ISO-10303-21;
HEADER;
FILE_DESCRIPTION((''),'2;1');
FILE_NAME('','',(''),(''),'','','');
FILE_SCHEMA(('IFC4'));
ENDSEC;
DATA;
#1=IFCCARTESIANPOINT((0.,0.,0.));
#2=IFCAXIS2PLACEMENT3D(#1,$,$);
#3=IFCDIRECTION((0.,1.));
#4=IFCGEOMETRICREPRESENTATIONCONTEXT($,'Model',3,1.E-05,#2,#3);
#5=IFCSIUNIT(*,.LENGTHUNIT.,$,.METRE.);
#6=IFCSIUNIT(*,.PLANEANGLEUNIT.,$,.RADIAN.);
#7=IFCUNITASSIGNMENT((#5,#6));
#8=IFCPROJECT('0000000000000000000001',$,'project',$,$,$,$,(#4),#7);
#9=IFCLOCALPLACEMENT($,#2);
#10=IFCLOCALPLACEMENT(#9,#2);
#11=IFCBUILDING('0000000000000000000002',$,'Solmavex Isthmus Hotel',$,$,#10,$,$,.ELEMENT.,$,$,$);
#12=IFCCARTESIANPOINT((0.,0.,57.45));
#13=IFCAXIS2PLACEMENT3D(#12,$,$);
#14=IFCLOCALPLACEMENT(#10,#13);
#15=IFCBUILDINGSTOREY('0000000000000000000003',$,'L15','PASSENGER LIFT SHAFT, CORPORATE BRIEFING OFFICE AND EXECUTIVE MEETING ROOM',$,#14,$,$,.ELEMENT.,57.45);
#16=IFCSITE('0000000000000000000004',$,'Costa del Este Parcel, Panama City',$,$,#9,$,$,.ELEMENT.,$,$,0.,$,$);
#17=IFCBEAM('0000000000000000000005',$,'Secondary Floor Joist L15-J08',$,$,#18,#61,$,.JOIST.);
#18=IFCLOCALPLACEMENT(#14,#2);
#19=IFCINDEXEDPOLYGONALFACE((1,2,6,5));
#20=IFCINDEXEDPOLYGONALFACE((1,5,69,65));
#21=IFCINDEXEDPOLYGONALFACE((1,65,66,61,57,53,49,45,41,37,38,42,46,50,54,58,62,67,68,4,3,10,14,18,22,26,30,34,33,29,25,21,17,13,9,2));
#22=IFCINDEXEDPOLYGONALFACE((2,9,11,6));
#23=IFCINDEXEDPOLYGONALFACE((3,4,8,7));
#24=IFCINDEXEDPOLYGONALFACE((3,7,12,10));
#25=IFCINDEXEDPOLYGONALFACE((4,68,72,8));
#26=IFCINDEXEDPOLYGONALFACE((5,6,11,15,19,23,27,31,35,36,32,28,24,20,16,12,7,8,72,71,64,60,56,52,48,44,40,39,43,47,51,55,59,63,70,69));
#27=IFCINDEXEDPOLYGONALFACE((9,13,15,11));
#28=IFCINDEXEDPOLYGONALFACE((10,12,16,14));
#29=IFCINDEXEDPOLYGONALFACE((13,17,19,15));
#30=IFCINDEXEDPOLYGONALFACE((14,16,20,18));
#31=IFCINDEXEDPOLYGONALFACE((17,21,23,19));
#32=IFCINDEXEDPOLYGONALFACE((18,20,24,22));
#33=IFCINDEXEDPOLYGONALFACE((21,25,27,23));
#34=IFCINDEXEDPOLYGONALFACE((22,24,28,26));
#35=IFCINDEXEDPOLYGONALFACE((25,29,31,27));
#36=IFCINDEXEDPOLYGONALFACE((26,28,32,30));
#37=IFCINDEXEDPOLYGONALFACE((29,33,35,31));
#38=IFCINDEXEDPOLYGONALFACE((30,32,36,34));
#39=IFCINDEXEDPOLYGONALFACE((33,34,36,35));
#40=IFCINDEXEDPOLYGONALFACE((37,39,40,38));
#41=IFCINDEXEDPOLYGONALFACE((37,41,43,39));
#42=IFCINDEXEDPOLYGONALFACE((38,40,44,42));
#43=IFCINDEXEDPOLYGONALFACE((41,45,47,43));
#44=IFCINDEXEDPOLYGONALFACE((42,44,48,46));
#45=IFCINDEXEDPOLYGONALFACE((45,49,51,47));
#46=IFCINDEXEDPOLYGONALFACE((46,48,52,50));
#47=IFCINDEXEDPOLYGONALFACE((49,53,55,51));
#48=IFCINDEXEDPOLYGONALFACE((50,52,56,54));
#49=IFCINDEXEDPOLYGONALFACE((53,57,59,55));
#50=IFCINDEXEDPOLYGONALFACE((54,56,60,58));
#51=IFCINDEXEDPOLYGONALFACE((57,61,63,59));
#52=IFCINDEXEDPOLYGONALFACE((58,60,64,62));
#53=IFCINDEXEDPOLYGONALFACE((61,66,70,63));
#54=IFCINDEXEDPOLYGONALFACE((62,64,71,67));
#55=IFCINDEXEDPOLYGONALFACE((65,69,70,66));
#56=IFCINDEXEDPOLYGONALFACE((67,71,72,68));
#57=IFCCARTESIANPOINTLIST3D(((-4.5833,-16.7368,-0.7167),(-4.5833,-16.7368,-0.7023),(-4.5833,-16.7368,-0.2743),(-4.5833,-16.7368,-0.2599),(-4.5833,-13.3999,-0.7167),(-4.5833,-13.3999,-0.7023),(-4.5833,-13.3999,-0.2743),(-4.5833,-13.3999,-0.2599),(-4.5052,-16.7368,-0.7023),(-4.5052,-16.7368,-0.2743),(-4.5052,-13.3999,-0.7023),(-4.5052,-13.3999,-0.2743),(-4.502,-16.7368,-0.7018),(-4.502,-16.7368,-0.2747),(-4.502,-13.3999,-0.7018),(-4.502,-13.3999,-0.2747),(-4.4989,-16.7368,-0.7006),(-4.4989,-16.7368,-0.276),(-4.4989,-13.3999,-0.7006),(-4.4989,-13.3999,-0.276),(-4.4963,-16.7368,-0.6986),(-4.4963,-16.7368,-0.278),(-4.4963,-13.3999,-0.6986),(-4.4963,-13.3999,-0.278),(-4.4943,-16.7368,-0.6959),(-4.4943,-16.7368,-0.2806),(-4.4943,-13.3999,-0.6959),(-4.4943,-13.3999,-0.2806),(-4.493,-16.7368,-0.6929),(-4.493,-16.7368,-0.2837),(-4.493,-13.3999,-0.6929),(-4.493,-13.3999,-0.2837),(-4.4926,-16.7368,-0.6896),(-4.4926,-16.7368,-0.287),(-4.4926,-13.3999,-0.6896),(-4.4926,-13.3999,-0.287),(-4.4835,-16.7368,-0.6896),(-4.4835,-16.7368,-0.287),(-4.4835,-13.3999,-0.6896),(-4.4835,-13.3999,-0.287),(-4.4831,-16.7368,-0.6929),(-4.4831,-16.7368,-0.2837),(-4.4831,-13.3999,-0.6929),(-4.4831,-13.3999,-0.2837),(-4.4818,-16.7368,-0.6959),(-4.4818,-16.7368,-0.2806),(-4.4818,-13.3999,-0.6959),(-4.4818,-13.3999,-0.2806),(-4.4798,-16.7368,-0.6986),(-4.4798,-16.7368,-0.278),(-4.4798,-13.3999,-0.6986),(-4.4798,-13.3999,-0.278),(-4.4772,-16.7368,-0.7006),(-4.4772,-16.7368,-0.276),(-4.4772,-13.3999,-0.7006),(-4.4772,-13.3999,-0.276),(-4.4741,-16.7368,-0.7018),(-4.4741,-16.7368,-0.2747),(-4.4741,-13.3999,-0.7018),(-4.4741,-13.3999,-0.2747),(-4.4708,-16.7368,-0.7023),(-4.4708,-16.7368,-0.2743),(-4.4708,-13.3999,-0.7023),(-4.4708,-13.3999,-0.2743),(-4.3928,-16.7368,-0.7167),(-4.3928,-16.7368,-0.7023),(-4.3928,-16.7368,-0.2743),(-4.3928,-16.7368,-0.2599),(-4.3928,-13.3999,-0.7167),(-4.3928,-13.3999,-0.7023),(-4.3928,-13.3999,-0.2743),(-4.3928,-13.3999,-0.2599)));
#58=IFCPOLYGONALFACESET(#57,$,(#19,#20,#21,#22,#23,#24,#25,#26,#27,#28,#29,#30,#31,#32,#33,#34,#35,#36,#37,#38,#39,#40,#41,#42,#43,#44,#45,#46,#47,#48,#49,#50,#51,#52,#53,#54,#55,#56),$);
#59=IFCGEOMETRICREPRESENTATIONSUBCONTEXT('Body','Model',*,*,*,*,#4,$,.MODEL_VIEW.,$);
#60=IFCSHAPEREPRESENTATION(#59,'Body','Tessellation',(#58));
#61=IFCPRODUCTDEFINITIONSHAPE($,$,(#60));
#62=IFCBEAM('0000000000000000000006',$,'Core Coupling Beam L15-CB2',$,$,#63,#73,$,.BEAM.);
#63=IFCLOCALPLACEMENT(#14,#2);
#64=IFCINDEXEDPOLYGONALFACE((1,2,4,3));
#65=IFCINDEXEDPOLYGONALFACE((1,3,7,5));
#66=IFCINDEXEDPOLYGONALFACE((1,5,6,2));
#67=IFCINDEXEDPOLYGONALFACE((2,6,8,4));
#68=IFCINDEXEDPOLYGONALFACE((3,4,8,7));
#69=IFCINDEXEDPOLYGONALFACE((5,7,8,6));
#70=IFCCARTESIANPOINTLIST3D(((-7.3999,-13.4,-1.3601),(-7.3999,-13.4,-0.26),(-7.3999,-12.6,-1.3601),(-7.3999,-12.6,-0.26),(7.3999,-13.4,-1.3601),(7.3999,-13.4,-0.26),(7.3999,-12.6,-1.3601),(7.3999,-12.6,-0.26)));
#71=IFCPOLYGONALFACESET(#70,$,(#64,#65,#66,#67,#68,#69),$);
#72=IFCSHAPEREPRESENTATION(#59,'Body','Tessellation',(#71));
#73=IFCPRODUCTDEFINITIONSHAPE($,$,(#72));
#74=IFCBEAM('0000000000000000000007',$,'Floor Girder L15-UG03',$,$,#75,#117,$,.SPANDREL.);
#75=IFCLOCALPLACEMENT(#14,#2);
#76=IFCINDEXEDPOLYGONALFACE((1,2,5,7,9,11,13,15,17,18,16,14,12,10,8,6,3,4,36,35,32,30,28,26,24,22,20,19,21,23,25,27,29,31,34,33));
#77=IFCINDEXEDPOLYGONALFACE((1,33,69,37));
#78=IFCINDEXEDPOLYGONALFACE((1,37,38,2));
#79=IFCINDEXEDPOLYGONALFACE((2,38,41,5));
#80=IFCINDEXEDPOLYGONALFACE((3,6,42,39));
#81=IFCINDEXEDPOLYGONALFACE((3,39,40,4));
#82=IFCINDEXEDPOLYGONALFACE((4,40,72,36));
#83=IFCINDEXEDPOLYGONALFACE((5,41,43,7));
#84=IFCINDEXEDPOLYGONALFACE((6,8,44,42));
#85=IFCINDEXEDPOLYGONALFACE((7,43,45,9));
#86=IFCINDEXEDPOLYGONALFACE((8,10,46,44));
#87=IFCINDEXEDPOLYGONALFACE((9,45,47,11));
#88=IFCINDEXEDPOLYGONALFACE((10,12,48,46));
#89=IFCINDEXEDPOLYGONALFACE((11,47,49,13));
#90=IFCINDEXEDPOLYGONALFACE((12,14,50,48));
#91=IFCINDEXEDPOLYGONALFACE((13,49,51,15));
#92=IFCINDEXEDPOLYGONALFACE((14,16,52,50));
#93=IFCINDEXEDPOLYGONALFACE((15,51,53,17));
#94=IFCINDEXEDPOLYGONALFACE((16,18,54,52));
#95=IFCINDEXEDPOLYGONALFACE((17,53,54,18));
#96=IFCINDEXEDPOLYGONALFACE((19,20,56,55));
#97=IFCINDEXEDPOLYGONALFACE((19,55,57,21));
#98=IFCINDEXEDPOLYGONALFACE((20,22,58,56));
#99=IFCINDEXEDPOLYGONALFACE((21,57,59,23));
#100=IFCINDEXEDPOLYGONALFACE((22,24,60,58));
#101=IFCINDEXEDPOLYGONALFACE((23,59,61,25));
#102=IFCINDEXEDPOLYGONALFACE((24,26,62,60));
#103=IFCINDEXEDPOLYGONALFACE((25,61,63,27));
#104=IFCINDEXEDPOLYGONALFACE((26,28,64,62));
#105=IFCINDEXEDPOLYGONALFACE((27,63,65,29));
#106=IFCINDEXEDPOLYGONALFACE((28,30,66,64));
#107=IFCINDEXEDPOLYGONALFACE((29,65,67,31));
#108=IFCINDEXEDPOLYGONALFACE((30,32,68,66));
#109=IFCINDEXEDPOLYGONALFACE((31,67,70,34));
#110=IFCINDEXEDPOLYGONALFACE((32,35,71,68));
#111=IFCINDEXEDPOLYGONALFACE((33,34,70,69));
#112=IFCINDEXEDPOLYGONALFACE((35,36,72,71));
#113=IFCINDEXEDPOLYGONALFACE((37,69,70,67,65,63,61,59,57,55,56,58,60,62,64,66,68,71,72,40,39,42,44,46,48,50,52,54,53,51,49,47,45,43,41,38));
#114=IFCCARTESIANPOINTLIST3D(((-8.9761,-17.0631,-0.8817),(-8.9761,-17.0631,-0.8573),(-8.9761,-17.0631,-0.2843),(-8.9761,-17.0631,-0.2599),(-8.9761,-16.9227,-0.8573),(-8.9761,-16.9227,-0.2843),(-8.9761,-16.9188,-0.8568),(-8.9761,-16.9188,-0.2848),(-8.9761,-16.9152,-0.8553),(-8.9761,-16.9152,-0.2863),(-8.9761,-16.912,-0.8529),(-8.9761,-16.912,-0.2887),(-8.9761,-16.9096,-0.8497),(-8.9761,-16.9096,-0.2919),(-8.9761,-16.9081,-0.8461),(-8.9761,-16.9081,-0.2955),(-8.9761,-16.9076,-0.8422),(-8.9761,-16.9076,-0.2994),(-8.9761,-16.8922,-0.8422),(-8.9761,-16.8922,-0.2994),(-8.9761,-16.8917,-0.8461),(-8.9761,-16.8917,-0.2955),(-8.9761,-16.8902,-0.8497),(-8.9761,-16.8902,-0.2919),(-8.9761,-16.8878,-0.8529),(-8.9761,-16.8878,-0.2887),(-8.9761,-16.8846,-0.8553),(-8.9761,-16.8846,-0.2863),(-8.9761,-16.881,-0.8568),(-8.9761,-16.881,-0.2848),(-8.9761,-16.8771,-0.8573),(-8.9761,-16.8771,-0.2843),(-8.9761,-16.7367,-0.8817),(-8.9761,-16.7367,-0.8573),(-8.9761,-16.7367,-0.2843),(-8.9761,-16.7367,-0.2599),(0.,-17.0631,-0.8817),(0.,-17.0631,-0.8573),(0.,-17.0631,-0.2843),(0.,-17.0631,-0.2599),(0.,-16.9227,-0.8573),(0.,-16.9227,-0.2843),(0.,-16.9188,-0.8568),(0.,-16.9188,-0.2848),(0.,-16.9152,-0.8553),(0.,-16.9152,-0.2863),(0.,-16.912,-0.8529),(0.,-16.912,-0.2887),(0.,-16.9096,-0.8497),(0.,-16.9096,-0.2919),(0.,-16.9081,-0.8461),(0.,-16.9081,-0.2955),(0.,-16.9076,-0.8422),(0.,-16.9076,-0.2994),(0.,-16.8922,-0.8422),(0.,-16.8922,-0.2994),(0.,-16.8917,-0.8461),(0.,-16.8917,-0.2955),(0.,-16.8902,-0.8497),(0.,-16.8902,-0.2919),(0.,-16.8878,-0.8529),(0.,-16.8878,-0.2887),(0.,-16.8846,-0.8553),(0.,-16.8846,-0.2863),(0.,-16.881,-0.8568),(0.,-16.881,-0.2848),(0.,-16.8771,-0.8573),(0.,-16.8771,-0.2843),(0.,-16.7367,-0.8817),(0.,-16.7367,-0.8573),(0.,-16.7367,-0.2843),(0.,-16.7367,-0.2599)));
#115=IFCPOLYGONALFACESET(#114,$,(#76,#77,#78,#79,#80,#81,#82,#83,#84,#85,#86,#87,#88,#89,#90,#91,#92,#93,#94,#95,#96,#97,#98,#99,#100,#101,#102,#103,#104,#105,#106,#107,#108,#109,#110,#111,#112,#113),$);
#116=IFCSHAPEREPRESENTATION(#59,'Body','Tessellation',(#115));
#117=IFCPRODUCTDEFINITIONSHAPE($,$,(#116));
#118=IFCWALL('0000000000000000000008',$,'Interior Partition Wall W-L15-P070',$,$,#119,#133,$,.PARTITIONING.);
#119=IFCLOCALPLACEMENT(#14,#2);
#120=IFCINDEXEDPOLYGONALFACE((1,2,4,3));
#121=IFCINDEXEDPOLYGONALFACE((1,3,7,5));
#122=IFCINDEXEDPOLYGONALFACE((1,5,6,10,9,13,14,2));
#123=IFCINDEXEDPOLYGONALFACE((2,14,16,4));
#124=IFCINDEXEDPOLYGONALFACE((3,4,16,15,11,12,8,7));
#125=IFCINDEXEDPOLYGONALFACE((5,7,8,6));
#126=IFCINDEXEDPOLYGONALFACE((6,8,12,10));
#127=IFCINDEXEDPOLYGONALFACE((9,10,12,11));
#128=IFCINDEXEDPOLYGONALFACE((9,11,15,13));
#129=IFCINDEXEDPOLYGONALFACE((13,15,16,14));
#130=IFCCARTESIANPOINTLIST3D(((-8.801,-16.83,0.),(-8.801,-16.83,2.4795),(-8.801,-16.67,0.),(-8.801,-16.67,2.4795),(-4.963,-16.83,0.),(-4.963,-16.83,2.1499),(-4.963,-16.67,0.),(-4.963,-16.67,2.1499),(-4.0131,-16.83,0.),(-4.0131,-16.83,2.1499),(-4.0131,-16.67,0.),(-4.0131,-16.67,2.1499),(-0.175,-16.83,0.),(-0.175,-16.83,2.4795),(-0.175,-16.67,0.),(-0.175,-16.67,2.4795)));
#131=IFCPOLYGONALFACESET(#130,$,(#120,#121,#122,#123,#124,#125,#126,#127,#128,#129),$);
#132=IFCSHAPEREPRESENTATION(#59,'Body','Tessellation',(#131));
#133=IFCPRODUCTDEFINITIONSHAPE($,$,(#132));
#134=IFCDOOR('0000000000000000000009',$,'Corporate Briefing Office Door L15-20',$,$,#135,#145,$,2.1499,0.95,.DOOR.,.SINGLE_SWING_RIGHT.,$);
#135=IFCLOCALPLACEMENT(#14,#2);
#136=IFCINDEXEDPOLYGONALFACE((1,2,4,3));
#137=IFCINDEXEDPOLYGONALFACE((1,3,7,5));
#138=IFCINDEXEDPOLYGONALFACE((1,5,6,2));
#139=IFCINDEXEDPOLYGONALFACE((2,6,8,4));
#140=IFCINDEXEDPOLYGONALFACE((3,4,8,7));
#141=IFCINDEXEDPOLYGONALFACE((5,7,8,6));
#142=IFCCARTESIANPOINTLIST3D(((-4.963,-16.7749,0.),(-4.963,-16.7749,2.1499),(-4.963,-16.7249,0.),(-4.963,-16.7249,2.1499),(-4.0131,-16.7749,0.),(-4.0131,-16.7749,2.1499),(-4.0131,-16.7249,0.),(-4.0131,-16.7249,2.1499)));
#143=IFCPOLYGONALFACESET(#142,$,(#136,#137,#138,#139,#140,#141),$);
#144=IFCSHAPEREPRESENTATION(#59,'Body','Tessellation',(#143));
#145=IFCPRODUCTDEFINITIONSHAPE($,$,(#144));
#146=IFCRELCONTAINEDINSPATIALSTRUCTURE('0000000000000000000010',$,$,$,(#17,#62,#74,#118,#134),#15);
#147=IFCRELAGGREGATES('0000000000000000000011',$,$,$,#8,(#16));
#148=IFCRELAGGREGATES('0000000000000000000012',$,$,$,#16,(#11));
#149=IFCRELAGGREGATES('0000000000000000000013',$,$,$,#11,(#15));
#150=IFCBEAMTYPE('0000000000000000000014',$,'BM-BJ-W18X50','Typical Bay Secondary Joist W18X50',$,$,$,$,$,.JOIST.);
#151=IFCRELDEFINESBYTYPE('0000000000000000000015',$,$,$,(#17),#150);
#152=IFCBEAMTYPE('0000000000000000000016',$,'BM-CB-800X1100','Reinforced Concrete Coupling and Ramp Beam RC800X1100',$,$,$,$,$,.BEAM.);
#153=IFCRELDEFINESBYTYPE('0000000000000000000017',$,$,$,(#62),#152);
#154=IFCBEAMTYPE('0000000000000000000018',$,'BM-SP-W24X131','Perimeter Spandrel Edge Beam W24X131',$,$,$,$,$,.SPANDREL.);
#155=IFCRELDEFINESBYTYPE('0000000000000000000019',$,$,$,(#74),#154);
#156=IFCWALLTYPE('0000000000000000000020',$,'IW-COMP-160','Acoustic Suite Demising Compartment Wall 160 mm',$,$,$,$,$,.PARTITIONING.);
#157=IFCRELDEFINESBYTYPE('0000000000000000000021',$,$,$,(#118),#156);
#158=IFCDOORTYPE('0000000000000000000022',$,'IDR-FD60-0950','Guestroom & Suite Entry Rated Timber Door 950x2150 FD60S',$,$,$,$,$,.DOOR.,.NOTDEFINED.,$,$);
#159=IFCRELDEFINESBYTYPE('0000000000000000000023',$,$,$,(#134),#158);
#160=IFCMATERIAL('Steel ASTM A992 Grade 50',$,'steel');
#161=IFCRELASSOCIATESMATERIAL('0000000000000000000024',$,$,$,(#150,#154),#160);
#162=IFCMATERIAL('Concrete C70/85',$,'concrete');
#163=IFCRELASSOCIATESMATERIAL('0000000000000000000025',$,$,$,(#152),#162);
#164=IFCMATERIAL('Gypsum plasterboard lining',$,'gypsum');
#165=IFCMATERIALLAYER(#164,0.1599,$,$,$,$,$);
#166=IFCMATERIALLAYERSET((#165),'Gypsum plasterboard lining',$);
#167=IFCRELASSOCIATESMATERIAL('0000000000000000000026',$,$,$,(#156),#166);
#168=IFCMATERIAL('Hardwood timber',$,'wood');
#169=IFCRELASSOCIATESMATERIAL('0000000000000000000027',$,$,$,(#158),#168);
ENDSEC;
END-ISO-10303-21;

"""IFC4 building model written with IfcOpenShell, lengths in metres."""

from ifc_helpers import new_model, si_unit, direction, frame, frame_2d, origin, origin_2d, place, context, subcontext, project, spatial, rectangle, i_section, extrude, material, layer, layer_set, material_profile, profile_set, type_object, element, fill, save


model = new_model("IFC4")

# Units and contexts
model_context = context("Model", 3, precision=1e-05, world=origin(), true_north=direction((0.0, 1.0)))
body_context = subcontext(model_context, "Body", "Model", "MODEL_VIEW")
ifc_project = project(units=[si_unit("LENGTHUNIT", "METRE"), si_unit("PLANEANGLEUNIT", "RADIAN")], contexts=[model_context])

# Site, building, storey
site_placement = place(None, origin())
site = spatial("IfcSite", under=ifc_project, at=site_placement, Name="Costa del Este Parcel, Panama City", CompositionType="ELEMENT", RefElevation=0.0)
building_placement = place(site_placement, origin())
building = spatial("IfcBuilding", under=site, at=building_placement, Name="Solmavex Isthmus Hotel", CompositionType="ELEMENT")
storey_placement = place(building_placement, frame((0.0, 0.0, 57.45)))
storey = spatial("IfcBuildingStorey", under=building, at=storey_placement, Name="L15", Description="PASSENGER LIFT SHAFT, CORPORATE BRIEFING OFFICE AND EXECUTIVE MEETING ROOM", CompositionType="ELEMENT", Elevation=57.45)

# Shared definitions
ifc_material_1 = material(Name="Concrete C70/85", Category="concrete")

# Beams
ifc_material_2 = material(Name="Steel ASTM A992 Grade 50", Category="steel")
ifc_material_profile_1 = material_profile(ifc_material_2, i_section(OverallWidth=0.1904, OverallDepth=0.4568, WebThickness=0.009, FlangeThickness=0.0144, FilletRadius=0.0127, at=origin_2d()), Name="W18X50")
ifc_profile_set_1 = profile_set([ifc_material_profile_1], Name="Steel ASTM A992 Grade 50")
beam_type_1 = type_object("IfcBeamType", Name="BM-BJ-W18X50", Description="Typical Bay Secondary Joist W18X50", PredefinedType="JOIST", material=ifc_profile_set_1)
beam_1_placement = place(storey_placement, frame((-4.488, -16.7368, -0.4883), z_axis=(0.0, 1.0, 0.0), x_axis=(-1.0, 0.0, 0.0)))
element("IfcBeam", 1, at=beam_1_placement, inside=storey, type_object=beam_type_1, Name="Secondary Floor Joist L15-J08", PredefinedType="JOIST", context=body_context, shape_type="SweptSolid", body=[
    extrude(i_section(OverallWidth=0.1904, OverallDepth=0.4568, WebThickness=0.009, FlangeThickness=0.0144, FilletRadius=0.0127, at=origin_2d()), origin(), (0.0, 0.0, 1.0), 3.3369),
])
ifc_material_profile_2 = material_profile(ifc_material_1, rectangle(XDim=0.8, YDim=1.1001, at=origin_2d()), Name="RC800X1100")
ifc_profile_set_2 = profile_set([ifc_material_profile_2], Name="Concrete C70/85")
beam_type_2 = type_object("IfcBeamType", Name="BM-CB-800X1100", Description="Reinforced Concrete Coupling and Ramp Beam RC800X1100", PredefinedType="BEAM", material=ifc_profile_set_2)
beam_2_placement = place(storey_placement, frame((-7.3999, -13.0, -0.8101), z_axis=(1.0, 0.0, 0.0), x_axis=(0.0, 1.0, 0.0)))
element("IfcBeam", 2, at=beam_2_placement, inside=storey, type_object=beam_type_2, Name="Core Coupling Beam L15-CB2", PredefinedType="BEAM", context=body_context, shape_type="SweptSolid", body=[
    extrude(rectangle(XDim=0.8, YDim=1.1001, at=origin_2d()), origin(), (0.0, 0.0, 1.0), 14.7998),
])
ifc_material_profile_3 = material_profile(ifc_material_2, i_section(OverallWidth=0.3264, OverallDepth=0.6218, WebThickness=0.0154, FlangeThickness=0.0244, FilletRadius=0.0151, at=origin_2d()), Name="W24X131")
ifc_profile_set_3 = profile_set([ifc_material_profile_3], Name="Steel ASTM A992 Grade 50")
beam_type_3 = type_object("IfcBeamType", Name="BM-SP-W24X131", Description="Perimeter Spandrel Edge Beam W24X131", PredefinedType="SPANDREL", material=ifc_profile_set_3)
beam_3_placement = place(storey_placement, frame((-8.9761, -16.8999, -0.5708), z_axis=(1.0, 0.0, 0.0), x_axis=(0.0, 1.0, 0.0)))
element("IfcBeam", 3, at=beam_3_placement, inside=storey, type_object=beam_type_3, Name="Floor Girder L15-UG03", PredefinedType="SPANDREL", context=body_context, shape_type="SweptSolid", body=[
    extrude(i_section(OverallWidth=0.3264, OverallDepth=0.6218, WebThickness=0.0154, FlangeThickness=0.0244, FilletRadius=0.0151, at=origin_2d()), origin(), (0.0, 0.0, 1.0), 8.9761),
])

# Wall, opening, door
ifc_material_3 = material(Name="Gypsum plasterboard lining", Category="gypsum")
ifc_layer_1 = layer(ifc_material_3, 0.1599)
ifc_layer_set_1 = layer_set([ifc_layer_1], Name="Gypsum plasterboard lining")
wall_type_1 = type_object("IfcWallType", Name="IW-COMP-160", Description="Acoustic Suite Demising Compartment Wall 160 mm", PredefinedType="PARTITIONING", material=ifc_layer_set_1)
wall_1_placement = place(storey_placement, frame((-0.175, -16.75, 0.0), z_axis=(0.0, 0.0, 1.0), x_axis=(-1.0, 0.0, 0.0)))
wall_1 = element("IfcWall", 4, at=wall_1_placement, inside=storey, type_object=wall_type_1, Name="Interior Partition Wall W-L15-P070", PredefinedType="PARTITIONING", context=body_context, shape_type="SweptSolid", body=[
    extrude(rectangle(XDim=8.626, YDim=0.1599, at=frame_2d((4.313, 0.0))), origin(), (0.0, 0.0, 1.0), 2.4795),
])
opening_1_placement = place(wall_1_placement, frame((3.8379, 0.0, 0.0)))
opening_1 = element("IfcOpeningElement", 5, at=opening_1_placement, cuts=wall_1, PredefinedType="OPENING", context=body_context, shape_type="SweptSolid", body=[
    extrude(rectangle(XDim=0.95, YDim=2.1499, at=frame_2d((0.4751, 1.075))), frame((0.0, 0.0898, 0.0), z_axis=(0.0, -1.0, 0.0), x_axis=(1.0, 0.0, 0.0)), (0.0, 0.0, 1.0), 0.1799),
])
ifc_material_4 = material(Name="Hardwood timber", Category="wood")
door_type_1 = type_object("IfcDoorType", Name="IDR-FD60-0950", Description="Guestroom & Suite Entry Rated Timber Door 950x2150 FD60S", OperationType="NOTDEFINED", PredefinedType="DOOR", material=ifc_material_4)
door_1_placement = place(opening_1_placement, origin())
door_1 = element("IfcDoor", 6, at=door_1_placement, inside=storey, type_object=door_type_1, Name="Corporate Briefing Office Door L15-20", OperationType="SINGLE_SWING_RIGHT", OverallHeight=2.1499, OverallWidth=0.95, PredefinedType="DOOR", context=body_context, shape_type="SweptSolid", body=[
    extrude(rectangle(XDim=0.95, YDim=2.1499, at=frame_2d((0.4751, 1.075))), frame((0.0, 0.0249, 0.0), z_axis=(0.0, -1.0, 0.0), x_axis=(1.0, 0.0, 0.0)), (0.0, 0.0, 1.0), 0.05),
])
fill(opening_1, door_1)

save(model, "model.ifc")
